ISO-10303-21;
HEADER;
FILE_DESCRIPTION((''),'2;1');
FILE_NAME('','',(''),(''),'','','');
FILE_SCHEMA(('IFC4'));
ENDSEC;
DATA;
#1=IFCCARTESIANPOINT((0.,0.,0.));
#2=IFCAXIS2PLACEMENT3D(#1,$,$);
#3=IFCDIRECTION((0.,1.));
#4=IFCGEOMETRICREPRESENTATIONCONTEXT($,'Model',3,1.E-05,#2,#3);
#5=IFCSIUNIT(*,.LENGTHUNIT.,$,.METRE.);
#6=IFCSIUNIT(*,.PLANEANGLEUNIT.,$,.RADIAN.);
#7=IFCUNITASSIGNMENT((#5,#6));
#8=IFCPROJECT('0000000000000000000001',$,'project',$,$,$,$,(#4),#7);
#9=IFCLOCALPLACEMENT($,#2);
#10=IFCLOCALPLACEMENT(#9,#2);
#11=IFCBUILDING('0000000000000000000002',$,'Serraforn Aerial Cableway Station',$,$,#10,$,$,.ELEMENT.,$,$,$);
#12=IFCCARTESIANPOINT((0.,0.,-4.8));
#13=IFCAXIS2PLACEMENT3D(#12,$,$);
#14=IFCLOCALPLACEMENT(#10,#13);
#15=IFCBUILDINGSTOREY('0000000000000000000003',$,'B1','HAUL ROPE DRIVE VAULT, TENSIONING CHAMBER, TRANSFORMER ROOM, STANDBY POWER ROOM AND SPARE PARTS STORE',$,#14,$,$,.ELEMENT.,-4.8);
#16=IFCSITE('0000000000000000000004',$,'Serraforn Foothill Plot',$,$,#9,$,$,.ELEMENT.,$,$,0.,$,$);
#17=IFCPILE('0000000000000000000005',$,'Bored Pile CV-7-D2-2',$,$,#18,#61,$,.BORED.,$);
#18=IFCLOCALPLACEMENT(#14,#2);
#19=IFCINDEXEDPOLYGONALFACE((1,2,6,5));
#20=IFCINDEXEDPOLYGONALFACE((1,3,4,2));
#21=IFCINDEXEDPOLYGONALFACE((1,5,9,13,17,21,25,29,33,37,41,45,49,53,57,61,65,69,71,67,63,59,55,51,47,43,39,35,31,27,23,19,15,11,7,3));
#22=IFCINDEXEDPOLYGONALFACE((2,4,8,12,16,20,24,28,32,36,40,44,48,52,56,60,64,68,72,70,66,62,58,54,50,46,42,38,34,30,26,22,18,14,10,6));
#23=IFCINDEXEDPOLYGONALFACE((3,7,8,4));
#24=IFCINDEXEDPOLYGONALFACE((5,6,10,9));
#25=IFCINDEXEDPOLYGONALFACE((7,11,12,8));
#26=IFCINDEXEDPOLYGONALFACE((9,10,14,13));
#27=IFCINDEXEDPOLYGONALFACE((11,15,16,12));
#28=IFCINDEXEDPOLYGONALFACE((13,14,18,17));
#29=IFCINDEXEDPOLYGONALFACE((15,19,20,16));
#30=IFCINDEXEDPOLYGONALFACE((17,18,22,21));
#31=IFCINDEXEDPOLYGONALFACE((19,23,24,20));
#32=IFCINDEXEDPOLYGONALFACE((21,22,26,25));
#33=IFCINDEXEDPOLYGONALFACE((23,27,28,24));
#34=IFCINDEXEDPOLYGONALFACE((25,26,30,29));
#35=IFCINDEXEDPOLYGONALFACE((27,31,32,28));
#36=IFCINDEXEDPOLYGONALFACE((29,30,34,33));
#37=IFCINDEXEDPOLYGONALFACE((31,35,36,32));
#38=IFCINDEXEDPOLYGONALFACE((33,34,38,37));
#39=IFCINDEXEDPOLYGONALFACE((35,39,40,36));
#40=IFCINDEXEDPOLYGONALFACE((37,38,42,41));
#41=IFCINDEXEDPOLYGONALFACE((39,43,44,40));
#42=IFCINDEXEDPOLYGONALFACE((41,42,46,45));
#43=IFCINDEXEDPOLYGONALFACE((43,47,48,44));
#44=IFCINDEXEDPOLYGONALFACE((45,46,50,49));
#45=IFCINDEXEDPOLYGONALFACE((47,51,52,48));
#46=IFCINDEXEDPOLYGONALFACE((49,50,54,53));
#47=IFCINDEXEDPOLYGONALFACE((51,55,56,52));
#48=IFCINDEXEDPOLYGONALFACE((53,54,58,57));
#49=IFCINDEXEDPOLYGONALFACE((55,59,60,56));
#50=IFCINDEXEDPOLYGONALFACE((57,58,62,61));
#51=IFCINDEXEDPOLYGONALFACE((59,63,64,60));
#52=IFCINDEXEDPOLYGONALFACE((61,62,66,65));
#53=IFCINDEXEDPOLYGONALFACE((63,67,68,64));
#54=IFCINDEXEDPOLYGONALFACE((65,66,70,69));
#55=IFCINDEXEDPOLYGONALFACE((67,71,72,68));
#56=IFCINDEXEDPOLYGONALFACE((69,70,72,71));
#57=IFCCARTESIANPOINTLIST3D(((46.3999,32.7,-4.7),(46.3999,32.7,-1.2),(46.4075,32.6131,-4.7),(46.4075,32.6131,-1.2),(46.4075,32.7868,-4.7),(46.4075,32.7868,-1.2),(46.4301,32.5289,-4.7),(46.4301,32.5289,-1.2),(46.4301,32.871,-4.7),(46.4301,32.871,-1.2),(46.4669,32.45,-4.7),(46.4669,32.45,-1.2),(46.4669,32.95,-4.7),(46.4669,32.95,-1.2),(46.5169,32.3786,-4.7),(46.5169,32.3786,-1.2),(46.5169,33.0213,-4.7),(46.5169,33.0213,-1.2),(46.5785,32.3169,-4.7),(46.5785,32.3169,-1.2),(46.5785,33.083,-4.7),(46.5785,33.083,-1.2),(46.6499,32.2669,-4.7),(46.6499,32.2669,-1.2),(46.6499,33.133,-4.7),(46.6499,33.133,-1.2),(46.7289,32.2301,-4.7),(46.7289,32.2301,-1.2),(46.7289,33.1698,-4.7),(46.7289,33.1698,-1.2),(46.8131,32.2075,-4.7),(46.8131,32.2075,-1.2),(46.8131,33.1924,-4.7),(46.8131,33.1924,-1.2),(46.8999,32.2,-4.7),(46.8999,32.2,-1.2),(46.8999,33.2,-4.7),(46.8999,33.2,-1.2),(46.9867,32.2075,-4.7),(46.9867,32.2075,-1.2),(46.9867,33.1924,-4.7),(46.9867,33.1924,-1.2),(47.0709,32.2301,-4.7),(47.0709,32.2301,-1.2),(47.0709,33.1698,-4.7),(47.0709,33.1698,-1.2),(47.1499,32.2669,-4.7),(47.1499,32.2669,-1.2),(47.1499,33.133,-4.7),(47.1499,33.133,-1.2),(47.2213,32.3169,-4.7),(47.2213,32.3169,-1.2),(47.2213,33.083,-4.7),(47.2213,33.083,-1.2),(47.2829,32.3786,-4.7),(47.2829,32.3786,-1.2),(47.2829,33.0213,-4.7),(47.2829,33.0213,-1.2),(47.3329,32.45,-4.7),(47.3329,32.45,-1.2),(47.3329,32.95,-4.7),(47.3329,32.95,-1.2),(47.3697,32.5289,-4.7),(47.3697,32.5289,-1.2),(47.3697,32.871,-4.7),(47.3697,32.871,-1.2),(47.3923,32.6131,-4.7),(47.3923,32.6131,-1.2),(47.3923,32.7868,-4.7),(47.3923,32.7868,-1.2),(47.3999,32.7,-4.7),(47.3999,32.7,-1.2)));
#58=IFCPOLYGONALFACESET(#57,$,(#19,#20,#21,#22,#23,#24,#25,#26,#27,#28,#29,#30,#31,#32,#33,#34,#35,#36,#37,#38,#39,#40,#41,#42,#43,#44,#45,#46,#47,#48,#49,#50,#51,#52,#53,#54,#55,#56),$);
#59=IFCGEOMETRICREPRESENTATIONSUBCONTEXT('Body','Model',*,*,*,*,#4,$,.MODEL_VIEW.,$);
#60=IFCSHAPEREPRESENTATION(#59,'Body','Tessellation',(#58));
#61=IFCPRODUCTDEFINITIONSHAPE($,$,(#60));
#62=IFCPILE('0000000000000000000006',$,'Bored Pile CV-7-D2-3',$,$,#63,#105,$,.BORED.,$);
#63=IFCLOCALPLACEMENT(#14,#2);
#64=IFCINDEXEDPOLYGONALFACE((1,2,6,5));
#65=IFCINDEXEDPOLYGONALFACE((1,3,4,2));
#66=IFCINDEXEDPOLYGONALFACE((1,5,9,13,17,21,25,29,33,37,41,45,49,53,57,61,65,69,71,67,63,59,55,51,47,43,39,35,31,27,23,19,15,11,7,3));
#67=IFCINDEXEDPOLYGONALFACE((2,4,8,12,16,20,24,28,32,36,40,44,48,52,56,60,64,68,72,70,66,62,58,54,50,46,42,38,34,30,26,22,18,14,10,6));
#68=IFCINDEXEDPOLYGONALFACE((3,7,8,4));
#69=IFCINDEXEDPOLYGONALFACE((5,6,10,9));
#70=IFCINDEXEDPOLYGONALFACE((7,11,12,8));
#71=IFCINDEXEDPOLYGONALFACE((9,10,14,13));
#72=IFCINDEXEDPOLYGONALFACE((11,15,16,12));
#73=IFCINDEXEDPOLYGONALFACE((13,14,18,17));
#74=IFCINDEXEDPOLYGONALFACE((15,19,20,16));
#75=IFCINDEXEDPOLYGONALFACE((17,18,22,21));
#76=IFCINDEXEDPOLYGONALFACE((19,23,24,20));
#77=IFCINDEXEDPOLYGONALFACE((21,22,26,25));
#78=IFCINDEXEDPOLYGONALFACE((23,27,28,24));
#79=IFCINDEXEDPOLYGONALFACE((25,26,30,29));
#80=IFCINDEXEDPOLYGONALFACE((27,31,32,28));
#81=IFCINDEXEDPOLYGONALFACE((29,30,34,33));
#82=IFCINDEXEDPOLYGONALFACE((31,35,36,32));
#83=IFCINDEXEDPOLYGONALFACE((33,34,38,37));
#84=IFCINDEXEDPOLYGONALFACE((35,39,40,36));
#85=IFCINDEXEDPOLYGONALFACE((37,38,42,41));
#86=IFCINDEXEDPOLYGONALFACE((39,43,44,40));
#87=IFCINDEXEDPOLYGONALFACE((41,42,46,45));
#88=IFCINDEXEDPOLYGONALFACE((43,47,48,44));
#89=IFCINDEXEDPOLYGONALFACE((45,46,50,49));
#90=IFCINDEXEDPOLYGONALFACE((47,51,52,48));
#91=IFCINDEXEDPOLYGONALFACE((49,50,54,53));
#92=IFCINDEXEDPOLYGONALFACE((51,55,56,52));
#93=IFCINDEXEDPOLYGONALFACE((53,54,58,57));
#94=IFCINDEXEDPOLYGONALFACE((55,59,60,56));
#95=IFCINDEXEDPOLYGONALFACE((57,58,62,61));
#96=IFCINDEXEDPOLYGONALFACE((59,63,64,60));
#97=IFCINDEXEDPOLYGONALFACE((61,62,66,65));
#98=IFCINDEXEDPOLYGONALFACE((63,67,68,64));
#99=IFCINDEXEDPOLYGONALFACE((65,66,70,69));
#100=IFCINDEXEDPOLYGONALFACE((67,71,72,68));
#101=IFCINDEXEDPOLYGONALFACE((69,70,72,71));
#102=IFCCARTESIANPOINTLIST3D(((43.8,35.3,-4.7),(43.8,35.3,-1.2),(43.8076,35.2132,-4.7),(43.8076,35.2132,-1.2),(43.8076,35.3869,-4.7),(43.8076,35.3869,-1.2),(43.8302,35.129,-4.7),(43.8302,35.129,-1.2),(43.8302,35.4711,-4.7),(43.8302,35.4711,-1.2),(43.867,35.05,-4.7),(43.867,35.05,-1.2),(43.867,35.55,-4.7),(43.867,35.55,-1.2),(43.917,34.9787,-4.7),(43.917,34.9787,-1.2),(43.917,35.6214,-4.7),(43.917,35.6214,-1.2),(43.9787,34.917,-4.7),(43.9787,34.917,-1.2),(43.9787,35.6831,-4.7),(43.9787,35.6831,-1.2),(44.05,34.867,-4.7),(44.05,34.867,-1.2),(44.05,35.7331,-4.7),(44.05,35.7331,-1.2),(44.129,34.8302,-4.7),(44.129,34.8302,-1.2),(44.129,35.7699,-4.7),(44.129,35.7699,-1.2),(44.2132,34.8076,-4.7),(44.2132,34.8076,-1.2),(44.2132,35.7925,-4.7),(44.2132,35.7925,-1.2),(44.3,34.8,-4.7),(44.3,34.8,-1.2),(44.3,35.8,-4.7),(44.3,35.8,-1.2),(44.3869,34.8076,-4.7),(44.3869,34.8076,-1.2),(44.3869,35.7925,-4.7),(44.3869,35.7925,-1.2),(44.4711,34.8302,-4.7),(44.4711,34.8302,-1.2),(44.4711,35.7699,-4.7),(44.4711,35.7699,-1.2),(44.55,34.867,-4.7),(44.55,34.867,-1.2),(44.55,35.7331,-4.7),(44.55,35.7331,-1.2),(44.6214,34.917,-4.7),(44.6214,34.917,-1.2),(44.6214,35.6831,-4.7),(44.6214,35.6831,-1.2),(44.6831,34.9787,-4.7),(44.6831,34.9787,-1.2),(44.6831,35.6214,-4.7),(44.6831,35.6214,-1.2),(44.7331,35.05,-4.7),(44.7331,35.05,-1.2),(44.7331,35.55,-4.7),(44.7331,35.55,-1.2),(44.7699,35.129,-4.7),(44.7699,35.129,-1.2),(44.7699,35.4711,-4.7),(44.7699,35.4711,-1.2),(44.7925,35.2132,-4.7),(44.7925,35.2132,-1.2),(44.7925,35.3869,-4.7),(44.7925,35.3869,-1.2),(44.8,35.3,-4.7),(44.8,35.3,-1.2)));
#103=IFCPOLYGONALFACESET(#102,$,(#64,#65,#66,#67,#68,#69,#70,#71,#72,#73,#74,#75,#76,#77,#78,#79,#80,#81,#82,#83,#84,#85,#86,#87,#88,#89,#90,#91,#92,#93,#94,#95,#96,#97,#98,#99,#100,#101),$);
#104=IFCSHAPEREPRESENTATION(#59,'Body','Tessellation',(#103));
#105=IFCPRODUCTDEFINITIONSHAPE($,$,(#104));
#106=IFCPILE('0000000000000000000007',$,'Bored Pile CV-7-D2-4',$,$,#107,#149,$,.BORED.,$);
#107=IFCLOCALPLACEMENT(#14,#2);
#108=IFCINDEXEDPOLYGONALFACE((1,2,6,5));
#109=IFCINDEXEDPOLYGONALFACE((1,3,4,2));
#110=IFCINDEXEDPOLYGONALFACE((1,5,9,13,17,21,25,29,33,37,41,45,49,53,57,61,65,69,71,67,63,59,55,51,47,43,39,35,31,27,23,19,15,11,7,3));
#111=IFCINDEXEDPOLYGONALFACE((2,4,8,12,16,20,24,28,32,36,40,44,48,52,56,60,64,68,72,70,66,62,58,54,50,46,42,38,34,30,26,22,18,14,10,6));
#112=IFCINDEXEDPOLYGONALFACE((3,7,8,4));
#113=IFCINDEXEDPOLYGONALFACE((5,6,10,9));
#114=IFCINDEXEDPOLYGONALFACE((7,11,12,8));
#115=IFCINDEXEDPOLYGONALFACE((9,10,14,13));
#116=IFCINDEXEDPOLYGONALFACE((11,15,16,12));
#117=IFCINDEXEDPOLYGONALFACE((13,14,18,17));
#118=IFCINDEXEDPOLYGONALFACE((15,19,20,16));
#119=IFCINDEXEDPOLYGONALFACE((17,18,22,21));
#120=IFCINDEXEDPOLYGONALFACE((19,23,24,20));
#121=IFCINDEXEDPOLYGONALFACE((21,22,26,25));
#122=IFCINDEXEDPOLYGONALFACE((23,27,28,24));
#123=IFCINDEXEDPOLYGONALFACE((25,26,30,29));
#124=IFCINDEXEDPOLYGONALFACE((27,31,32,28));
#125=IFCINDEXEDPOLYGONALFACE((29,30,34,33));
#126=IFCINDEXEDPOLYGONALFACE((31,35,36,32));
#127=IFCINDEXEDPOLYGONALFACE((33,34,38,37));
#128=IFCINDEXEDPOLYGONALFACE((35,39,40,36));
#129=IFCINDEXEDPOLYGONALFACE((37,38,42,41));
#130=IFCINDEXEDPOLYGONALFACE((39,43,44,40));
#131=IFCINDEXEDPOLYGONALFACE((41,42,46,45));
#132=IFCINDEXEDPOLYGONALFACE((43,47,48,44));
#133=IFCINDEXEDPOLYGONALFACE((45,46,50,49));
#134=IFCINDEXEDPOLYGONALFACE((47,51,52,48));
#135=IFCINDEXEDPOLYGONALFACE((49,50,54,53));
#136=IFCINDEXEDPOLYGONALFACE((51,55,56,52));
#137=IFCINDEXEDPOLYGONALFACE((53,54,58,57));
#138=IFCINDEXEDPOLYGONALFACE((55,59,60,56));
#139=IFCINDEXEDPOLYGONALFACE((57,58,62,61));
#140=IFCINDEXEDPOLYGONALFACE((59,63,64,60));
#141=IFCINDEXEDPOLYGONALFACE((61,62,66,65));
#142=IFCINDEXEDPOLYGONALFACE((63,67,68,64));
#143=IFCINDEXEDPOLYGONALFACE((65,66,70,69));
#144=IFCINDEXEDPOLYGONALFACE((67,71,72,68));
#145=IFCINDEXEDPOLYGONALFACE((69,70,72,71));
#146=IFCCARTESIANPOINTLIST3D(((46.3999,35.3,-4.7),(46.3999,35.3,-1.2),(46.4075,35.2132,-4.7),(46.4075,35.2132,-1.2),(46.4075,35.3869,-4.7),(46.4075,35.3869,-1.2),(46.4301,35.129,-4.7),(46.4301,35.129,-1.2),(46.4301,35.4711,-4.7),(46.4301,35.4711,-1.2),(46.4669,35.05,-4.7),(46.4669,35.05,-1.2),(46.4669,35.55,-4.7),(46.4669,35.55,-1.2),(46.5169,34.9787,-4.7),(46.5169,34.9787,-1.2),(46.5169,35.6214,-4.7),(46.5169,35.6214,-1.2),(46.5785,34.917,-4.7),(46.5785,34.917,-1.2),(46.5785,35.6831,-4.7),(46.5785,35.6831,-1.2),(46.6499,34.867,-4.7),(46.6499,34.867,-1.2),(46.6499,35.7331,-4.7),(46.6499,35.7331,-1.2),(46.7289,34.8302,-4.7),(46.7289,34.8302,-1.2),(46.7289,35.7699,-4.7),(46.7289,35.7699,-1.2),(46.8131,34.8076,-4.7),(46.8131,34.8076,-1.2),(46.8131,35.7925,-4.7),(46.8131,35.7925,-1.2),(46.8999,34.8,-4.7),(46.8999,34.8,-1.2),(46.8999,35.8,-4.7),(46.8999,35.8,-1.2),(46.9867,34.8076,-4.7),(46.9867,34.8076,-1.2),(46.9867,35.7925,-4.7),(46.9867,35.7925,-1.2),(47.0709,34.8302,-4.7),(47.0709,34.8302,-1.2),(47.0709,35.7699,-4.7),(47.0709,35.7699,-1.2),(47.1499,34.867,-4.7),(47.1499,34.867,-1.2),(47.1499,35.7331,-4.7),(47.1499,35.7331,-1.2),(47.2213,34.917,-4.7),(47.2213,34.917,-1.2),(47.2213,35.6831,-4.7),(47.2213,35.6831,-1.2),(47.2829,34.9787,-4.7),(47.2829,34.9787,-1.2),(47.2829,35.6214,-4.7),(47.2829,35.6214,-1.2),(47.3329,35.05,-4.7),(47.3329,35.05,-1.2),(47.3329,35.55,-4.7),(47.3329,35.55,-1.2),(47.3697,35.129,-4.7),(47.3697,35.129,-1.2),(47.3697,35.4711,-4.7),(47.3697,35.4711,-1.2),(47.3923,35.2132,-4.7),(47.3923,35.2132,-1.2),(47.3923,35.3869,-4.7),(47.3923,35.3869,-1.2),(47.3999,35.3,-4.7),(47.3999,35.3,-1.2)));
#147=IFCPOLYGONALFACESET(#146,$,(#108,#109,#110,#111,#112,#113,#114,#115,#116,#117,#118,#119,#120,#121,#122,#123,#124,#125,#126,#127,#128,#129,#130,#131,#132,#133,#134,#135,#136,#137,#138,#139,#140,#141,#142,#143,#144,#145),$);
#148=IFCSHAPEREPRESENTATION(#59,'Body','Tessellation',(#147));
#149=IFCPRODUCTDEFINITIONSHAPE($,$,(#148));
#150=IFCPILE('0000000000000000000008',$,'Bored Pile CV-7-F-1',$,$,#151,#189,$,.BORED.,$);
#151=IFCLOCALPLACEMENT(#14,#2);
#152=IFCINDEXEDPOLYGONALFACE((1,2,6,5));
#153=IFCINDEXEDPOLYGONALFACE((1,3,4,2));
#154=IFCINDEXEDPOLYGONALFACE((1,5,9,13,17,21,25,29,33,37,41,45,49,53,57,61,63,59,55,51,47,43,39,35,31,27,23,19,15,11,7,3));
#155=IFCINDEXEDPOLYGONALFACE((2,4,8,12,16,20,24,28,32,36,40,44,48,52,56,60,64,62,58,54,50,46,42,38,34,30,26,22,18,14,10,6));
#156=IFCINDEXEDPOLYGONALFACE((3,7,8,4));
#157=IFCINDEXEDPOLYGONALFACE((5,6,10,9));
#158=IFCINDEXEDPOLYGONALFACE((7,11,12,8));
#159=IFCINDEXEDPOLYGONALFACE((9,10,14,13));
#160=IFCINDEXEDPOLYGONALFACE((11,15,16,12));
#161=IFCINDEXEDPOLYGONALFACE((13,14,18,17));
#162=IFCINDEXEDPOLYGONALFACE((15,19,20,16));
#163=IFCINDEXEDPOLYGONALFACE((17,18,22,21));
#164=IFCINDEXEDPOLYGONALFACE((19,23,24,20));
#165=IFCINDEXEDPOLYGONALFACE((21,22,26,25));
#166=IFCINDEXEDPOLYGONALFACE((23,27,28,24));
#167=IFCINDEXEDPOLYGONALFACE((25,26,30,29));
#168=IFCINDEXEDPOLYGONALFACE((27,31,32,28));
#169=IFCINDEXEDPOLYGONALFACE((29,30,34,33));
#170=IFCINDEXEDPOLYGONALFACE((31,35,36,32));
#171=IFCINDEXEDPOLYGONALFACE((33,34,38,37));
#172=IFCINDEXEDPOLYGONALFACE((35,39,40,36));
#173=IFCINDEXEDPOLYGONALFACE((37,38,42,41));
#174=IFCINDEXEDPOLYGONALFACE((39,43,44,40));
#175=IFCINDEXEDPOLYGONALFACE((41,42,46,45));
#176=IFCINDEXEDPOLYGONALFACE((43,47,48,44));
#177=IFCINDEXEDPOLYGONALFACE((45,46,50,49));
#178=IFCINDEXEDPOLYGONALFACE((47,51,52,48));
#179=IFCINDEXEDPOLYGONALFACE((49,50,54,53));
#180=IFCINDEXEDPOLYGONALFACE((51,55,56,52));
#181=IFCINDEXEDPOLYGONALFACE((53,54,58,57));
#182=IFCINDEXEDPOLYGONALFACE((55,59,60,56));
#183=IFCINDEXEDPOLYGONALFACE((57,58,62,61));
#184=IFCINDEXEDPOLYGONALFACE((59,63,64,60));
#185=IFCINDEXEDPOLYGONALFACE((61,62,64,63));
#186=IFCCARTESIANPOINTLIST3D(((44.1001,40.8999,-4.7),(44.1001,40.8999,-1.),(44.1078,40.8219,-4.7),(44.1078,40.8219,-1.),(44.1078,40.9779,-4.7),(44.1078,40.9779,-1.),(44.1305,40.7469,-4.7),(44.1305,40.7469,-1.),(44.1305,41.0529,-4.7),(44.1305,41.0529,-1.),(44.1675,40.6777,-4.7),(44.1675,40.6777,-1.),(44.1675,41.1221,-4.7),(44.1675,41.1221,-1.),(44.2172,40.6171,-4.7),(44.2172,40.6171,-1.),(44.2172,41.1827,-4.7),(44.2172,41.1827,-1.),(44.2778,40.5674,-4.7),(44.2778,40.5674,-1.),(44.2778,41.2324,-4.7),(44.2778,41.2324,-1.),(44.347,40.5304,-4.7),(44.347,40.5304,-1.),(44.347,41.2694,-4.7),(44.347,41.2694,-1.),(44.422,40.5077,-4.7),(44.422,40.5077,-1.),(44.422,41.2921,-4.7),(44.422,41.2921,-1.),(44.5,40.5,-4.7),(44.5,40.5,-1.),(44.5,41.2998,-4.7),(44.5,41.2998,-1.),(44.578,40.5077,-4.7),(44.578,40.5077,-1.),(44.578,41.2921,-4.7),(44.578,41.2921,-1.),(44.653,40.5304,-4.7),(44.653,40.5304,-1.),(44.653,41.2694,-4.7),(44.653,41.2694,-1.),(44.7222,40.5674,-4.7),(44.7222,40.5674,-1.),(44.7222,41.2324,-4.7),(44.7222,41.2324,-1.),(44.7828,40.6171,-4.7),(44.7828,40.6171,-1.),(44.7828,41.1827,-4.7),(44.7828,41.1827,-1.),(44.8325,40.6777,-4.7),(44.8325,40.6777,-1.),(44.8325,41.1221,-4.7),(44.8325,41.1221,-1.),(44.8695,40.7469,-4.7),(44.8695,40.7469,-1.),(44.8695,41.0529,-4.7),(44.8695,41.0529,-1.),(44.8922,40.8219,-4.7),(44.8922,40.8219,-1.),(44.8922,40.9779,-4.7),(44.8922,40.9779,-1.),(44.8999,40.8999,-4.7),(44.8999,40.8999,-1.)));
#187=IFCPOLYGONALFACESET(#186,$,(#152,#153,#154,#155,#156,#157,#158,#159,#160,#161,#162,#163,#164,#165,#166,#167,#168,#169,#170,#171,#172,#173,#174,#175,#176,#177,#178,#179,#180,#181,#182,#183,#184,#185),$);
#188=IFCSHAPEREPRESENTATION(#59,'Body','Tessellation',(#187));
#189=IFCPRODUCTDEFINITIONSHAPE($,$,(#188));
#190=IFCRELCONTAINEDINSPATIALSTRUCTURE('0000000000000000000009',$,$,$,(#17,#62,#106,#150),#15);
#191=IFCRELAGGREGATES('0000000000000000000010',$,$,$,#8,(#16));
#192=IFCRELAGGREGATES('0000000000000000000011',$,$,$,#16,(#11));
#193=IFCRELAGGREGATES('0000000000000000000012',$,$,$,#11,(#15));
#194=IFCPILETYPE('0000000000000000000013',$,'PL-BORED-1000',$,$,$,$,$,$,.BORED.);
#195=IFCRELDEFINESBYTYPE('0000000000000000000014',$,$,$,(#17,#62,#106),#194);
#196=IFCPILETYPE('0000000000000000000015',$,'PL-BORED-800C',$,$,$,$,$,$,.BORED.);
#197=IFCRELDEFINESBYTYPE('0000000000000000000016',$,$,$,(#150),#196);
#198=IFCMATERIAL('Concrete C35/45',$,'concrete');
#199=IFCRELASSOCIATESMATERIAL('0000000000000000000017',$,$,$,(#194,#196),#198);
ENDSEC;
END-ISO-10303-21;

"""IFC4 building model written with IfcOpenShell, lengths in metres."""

from ifc_helpers import new_model, si_unit, direction, frame, origin, origin_2d, place, context, subcontext, project, spatial, circle, extrude, material, material_profile, profile_set, type_object, element, save


model = new_model("IFC4")

# Units and contexts
model_context = context("Model", 3, precision=1e-05, world=origin(), true_north=direction((0.0, 1.0)))
body_context = subcontext(model_context, "Body", "Model", "MODEL_VIEW")
ifc_project = project(units=[si_unit("LENGTHUNIT", "METRE"), si_unit("PLANEANGLEUNIT", "RADIAN")], contexts=[model_context])

# Site, building, storey
site_placement = place(None, origin())
site = spatial("IfcSite", under=ifc_project, at=site_placement, Name="Serraforn Foothill Plot", CompositionType="ELEMENT", RefElevation=0.0)
building_placement = place(site_placement, origin())
building = spatial("IfcBuilding", under=site, at=building_placement, Name="Serraforn Aerial Cableway Station", CompositionType="ELEMENT")
storey_placement = place(building_placement, frame((0.0, 0.0, -4.8)))
storey = spatial("IfcBuildingStorey", under=building, at=storey_placement, Name="B1", Description="HAUL ROPE DRIVE VAULT, TENSIONING CHAMBER, TRANSFORMER ROOM, STANDBY POWER ROOM AND SPARE PARTS STORE", CompositionType="ELEMENT", Elevation=-4.8)

# Shared definitions
ifc_material_1 = material(Name="Concrete C35/45", Category="concrete")

# Piles
ifc_material_profile_1 = material_profile(ifc_material_1, circle(Radius=0.5, at=origin_2d()), Name="BORED PILE D1000")
ifc_profile_set_1 = profile_set([ifc_material_profile_1], Name="Concrete C35/45")
pile_type_1 = type_object("IfcPileType", Name="PL-BORED-1000", PredefinedType="BORED", material=ifc_profile_set_1)
for number, where, z_axis, x_axis, name in (
    (1, (46.8999, 32.7, -1.2), (0.0, 0.0, -1.0), (1.0, 0.0, 0.0), "Bored Pile CV-7-D2-2"),
    (2, (44.3, 35.3, -1.2), (0.0, 0.0, -1.0), (1.0, 0.0, 0.0), "Bored Pile CV-7-D2-3"),
    (3, (46.8999, 35.3, -1.2), (0.0, 0.0, -1.0), (1.0, 0.0, 0.0), "Bored Pile CV-7-D2-4"),
):
    element("IfcPile", number, at=place(storey_placement, frame(where, z_axis=z_axis, x_axis=x_axis)), inside=storey, type_object=pile_type_1, Name=name, PredefinedType="BORED", context=body_context, shape_type="SweptSolid", body=[
        extrude(circle(Radius=0.5, at=origin_2d()), origin(), (0.0, 0.0, 1.0), 3.5),
    ])
ifc_material_profile_2 = material_profile(ifc_material_1, circle(Radius=0.3999, at=origin_2d()), Name="BORED PILE D800")
ifc_profile_set_2 = profile_set([ifc_material_profile_2], Name="Concrete C35/45")
pile_type_2 = type_object("IfcPileType", Name="PL-BORED-800C", PredefinedType="BORED", material=ifc_profile_set_2)
for number, where, z_axis, x_axis, name in (
    (4, (44.5, 40.8999, -1.0), (0.0, 0.0, -1.0), (1.0, 0.0, 0.0), "Bored Pile CV-7-F-1"),
):
    element("IfcPile", number, at=place(storey_placement, frame(where, z_axis=z_axis, x_axis=x_axis)), inside=storey, type_object=pile_type_2, Name=name, PredefinedType="BORED", context=body_context, shape_type="SweptSolid", body=[
        extrude(circle(Radius=0.3999, at=origin_2d()), origin(), (0.0, 0.0, 1.0), 3.7),
    ])

save(model, "model.ifc")
